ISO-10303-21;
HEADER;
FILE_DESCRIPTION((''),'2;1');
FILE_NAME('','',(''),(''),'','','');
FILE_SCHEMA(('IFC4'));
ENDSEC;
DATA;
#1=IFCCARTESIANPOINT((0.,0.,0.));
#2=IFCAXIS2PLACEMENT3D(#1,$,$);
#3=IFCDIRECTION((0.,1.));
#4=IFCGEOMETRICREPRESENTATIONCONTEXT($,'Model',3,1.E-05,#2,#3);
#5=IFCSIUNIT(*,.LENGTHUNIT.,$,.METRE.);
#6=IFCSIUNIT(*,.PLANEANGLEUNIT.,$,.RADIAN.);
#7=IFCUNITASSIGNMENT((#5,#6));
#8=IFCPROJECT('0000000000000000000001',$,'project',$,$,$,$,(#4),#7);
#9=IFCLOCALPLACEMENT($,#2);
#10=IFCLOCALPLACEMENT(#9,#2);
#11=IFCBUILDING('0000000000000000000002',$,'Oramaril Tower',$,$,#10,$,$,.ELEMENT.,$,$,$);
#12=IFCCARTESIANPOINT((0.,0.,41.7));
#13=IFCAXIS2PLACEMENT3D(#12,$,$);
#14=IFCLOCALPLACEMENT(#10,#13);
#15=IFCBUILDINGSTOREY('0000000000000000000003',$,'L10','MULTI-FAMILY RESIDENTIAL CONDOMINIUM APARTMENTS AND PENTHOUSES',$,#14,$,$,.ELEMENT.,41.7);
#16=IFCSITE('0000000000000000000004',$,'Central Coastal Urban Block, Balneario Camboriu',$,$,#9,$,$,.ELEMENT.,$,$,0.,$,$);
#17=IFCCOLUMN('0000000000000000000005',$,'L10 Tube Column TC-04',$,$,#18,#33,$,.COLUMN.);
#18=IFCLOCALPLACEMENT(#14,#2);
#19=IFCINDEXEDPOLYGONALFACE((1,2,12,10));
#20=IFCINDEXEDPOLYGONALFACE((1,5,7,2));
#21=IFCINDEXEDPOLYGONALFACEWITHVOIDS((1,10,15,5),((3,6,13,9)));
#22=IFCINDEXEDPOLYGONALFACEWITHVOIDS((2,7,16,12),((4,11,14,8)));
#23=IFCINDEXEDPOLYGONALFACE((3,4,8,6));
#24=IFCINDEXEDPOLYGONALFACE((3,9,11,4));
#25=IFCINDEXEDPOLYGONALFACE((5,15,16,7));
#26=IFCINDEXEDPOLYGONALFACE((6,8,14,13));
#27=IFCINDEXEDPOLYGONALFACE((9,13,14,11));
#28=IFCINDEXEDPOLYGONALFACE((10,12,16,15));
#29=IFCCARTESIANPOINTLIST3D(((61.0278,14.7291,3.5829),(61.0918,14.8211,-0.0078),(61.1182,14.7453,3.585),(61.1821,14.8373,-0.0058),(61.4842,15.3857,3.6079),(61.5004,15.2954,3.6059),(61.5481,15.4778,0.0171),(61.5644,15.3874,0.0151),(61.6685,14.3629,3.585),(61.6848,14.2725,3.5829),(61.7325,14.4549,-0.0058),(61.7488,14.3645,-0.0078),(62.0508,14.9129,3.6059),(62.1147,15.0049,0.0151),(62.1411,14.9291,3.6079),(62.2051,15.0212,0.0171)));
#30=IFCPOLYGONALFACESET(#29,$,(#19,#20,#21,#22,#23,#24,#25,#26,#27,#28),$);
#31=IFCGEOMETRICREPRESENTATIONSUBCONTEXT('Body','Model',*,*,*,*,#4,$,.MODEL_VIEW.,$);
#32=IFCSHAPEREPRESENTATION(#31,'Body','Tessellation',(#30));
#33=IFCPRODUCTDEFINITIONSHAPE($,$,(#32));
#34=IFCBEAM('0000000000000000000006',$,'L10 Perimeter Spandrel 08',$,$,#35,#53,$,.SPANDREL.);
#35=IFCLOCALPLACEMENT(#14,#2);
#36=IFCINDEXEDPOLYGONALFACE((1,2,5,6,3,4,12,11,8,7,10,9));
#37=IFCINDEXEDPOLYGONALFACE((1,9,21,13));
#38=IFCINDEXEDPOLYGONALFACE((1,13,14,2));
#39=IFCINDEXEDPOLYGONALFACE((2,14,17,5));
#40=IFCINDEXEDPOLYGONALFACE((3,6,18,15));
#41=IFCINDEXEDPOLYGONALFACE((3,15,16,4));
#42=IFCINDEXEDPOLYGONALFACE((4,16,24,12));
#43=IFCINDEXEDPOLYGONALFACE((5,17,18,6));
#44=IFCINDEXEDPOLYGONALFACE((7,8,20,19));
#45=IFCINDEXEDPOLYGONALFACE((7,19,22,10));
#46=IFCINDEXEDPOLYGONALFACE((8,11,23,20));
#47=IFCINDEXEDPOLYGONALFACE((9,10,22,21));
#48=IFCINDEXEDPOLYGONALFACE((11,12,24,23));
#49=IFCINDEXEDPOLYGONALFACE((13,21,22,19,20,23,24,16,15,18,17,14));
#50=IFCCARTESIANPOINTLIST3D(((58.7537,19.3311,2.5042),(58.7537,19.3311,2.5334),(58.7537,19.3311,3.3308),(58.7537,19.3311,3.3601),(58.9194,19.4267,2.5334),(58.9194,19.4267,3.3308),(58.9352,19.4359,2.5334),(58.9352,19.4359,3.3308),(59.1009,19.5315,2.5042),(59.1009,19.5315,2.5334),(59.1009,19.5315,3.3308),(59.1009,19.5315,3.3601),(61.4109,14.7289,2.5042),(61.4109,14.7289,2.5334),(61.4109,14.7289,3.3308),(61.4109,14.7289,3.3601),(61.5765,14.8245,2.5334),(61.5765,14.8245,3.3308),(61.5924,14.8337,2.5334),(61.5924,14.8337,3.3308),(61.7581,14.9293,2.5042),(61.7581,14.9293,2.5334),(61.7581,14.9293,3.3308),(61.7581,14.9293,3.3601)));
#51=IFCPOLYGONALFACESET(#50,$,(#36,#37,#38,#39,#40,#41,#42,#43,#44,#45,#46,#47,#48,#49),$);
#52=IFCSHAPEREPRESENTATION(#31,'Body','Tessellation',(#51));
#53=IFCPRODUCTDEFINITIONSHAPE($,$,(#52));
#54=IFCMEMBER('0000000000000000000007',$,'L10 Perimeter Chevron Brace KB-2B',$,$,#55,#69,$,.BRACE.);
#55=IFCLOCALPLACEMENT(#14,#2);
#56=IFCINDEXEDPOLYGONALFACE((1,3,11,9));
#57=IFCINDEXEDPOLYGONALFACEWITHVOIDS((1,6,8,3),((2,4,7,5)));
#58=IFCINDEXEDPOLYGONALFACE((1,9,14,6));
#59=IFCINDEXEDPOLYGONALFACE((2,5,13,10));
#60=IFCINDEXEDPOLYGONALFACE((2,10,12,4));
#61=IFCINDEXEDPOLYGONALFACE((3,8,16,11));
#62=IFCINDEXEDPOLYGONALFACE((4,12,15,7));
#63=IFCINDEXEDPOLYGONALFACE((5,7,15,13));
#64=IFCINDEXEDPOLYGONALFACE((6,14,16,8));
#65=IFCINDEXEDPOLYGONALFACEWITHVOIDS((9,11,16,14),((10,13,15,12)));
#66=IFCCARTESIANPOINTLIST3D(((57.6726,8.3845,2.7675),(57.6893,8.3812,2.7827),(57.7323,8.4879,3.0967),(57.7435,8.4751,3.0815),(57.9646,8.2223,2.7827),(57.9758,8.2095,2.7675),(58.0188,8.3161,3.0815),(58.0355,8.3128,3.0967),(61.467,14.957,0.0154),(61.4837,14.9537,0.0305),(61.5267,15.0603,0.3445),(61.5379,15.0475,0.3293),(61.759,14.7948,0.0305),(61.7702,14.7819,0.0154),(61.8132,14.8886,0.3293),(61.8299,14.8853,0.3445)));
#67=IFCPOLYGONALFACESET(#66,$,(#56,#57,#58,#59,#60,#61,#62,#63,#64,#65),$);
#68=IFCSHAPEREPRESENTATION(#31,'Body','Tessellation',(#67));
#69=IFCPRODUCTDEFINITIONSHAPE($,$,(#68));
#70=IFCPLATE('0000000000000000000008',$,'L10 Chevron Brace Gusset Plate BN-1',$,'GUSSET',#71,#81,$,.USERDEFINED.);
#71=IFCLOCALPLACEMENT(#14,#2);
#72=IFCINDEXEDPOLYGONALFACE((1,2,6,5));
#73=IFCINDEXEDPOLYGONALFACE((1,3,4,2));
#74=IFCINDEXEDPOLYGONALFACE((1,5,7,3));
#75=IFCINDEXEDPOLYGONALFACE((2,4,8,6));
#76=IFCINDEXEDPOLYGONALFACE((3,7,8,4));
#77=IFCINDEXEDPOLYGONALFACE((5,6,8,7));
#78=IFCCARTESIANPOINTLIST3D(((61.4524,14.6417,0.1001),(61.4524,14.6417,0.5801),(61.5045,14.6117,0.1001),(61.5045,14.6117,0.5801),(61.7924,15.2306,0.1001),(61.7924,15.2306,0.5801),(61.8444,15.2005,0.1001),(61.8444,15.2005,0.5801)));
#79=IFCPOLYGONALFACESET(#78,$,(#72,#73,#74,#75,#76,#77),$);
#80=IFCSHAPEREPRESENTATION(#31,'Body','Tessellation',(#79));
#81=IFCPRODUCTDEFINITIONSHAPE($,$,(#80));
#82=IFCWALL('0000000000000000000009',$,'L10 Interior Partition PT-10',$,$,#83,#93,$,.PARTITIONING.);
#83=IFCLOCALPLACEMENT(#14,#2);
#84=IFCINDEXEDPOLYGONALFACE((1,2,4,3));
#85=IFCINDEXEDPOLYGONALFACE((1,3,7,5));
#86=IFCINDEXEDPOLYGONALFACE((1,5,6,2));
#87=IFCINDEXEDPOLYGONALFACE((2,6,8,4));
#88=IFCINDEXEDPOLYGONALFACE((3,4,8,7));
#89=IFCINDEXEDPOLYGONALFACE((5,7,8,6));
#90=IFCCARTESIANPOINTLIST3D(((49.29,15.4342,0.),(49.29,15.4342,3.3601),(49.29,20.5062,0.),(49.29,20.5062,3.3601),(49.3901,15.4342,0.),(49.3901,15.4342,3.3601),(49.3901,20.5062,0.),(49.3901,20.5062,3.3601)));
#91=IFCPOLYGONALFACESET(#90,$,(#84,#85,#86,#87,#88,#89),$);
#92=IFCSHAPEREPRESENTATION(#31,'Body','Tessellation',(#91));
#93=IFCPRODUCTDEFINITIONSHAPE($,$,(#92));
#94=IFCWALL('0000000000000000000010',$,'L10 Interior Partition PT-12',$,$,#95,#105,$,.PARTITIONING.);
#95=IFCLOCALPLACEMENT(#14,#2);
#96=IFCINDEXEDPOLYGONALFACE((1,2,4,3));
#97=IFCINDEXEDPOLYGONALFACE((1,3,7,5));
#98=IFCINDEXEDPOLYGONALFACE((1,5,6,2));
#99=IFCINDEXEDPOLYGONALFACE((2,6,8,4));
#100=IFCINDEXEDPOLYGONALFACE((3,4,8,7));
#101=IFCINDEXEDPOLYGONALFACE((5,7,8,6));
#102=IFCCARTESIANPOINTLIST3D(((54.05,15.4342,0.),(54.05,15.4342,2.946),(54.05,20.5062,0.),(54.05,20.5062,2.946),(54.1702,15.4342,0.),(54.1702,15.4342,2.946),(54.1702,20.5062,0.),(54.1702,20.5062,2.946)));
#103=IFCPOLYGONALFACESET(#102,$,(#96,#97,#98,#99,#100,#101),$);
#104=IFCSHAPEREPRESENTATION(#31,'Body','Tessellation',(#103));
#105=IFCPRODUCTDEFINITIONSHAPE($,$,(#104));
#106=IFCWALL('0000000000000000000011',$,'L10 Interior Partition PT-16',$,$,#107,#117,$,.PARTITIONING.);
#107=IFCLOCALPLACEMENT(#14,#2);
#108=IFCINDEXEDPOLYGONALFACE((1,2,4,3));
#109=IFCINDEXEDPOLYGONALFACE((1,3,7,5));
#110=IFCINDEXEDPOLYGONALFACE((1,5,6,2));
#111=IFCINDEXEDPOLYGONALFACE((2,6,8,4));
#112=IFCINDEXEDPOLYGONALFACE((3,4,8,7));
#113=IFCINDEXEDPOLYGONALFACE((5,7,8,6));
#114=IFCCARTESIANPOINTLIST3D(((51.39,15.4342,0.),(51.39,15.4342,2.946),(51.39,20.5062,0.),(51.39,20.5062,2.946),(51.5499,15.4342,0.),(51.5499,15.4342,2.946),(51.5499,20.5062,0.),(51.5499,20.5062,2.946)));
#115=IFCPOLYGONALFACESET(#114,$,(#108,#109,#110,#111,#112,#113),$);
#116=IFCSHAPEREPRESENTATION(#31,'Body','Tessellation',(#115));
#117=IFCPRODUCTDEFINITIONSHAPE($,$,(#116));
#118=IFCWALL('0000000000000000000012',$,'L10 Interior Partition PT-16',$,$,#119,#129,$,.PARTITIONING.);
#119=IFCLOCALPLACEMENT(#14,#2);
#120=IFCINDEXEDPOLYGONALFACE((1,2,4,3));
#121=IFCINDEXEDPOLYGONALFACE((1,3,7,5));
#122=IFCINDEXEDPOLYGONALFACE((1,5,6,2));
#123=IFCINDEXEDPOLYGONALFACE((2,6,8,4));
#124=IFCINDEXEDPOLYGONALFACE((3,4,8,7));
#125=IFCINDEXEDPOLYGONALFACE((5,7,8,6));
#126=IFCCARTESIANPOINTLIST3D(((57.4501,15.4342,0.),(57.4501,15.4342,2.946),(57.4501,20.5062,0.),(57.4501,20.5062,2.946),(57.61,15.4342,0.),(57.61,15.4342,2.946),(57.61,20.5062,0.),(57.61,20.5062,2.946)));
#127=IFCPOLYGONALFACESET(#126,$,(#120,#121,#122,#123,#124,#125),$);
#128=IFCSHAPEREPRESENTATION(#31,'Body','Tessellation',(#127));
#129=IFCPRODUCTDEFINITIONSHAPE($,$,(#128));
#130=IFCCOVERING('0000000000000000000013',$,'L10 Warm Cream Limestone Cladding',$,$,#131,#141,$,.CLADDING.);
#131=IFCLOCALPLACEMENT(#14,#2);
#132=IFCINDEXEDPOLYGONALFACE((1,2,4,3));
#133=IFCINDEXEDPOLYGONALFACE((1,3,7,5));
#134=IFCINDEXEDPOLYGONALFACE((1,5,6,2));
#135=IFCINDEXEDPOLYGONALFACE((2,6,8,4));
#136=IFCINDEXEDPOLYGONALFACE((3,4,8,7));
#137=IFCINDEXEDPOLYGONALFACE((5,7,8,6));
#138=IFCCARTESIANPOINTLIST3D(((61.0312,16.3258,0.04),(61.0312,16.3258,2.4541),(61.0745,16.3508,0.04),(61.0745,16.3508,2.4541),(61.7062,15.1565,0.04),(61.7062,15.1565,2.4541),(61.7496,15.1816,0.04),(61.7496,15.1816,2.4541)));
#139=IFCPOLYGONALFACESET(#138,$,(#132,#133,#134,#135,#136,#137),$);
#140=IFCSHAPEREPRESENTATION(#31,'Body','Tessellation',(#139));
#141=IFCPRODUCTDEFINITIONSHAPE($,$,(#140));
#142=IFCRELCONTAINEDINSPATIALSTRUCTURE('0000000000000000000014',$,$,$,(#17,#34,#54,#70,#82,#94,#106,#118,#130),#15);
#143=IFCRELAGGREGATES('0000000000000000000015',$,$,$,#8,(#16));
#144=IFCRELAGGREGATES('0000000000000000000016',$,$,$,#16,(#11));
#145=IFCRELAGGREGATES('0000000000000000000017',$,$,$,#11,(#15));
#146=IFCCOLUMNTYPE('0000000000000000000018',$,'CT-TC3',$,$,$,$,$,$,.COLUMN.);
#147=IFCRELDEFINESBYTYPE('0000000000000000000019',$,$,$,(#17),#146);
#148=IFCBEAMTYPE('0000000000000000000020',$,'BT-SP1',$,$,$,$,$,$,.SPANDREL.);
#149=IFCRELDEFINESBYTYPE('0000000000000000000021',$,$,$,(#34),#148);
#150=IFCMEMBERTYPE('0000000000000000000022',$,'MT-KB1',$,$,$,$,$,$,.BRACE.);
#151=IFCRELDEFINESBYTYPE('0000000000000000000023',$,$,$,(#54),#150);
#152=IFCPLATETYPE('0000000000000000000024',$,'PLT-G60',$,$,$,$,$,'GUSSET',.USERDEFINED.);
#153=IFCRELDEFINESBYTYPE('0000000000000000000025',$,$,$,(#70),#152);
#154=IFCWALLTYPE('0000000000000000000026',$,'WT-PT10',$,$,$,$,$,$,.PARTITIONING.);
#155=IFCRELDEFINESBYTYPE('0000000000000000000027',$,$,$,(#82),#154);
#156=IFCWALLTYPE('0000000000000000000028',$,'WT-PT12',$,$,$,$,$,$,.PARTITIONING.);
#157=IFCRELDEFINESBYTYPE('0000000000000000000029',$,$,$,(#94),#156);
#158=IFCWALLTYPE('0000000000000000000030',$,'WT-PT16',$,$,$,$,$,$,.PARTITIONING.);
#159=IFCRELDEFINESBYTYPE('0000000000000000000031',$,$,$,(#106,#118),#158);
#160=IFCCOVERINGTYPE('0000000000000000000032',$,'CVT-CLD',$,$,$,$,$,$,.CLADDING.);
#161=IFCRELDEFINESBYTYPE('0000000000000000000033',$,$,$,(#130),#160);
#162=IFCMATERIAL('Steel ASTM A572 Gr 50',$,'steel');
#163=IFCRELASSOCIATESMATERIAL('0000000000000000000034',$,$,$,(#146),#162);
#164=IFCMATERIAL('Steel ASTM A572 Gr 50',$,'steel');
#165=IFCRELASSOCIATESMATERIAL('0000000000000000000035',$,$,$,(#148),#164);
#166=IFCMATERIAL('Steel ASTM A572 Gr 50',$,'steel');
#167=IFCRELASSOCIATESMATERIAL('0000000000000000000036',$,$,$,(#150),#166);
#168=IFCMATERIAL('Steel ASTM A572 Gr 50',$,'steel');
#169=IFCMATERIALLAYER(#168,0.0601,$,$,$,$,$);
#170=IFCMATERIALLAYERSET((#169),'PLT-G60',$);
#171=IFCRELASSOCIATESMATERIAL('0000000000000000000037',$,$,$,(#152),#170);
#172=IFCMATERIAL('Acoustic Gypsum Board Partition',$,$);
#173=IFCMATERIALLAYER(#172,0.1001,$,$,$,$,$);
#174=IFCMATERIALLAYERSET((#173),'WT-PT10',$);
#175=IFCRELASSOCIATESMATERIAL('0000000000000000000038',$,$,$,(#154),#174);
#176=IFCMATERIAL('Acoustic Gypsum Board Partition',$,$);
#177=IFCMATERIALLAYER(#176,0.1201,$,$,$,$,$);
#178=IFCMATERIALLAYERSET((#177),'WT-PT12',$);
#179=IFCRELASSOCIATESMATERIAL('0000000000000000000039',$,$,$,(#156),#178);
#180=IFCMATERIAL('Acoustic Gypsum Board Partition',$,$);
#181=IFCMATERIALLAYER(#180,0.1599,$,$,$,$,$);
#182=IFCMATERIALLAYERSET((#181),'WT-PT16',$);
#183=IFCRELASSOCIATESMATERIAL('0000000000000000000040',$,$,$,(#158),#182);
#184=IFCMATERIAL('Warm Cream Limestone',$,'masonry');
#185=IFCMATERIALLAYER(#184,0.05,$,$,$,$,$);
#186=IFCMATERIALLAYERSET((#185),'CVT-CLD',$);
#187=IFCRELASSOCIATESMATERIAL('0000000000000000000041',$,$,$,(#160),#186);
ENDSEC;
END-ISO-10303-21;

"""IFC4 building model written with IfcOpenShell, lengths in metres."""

from ifc_helpers import new_model, si_unit, direction, frame, frame_2d, origin, origin_2d, place, context, subcontext, project, spatial, rectangle, hollow_rectangle, i_section, extrude, material, layer, layer_set, material_profile, profile_set, type_object, element, save


model = new_model("IFC4")

# Units and contexts
model_context = context("Model", 3, precision=1e-05, world=origin(), true_north=direction((0.0, 1.0)))
body_context = subcontext(model_context, "Body", "Model", "MODEL_VIEW")
ifc_project = project(units=[si_unit("LENGTHUNIT", "METRE"), si_unit("PLANEANGLEUNIT", "RADIAN")], contexts=[model_context])

# Site, building, storey
site_placement = place(None, origin())
site = spatial("IfcSite", under=ifc_project, at=site_placement, Name="Central Coastal Urban Block, Balneario Camboriu", CompositionType="ELEMENT", RefElevation=0.0)
building_placement = place(site_placement, origin())
building = spatial("IfcBuilding", under=site, at=building_placement, Name="Oramaril Tower", CompositionType="ELEMENT")
storey_placement = place(building_placement, frame((0.0, 0.0, 41.7)))
storey = spatial("IfcBuildingStorey", under=building, at=storey_placement, Name="L10", Description="MULTI-FAMILY RESIDENTIAL CONDOMINIUM APARTMENTS AND PENTHOUSES", CompositionType="ELEMENT", Elevation=41.7)

# Column
ifc_material_1 = material(Name="Steel ASTM A572 Gr 50", Category="steel")
ifc_material_profile_1 = material_profile(ifc_material_1, hollow_rectangle(XDim=0.8, YDim=0.8, WallThickness=0.0649, at=origin_2d()), Name="BOX800X800X65")
ifc_profile_set_1 = profile_set([ifc_material_profile_1], Name="Steel ASTM A572 Gr 50")
column_type = type_object("IfcColumnType", Name="CT-TC3", PredefinedType="COLUMN", material=ifc_profile_set_1)
column_placement = place(storey_placement, frame((61.6484, 14.9211, 0.0046), z_axis=(-0.017805, -0.02562, 0.999513), x_axis=(0.821171, -0.570682, 0.0)))
element("IfcColumn", 1, at=column_placement, inside=storey, type_object=column_type, Name="L10 Tube Column TC-04", PredefinedType="COLUMN", context=body_context, shape_type="SweptSolid", body=[
    extrude(hollow_rectangle(XDim=0.8, YDim=0.8, WallThickness=0.0649, at=origin_2d()), origin(), (0.0, 0.0, 1.0), 3.5925),
])

# Beam
ifc_material_2 = material(Name="Steel ASTM A572 Gr 50", Category="steel")
ifc_material_profile_2 = material_profile(ifc_material_2, i_section(OverallWidth=0.4009, OverallDepth=0.856, WebThickness=0.0183, FlangeThickness=0.0293, at=origin_2d()), Name="W33X201")
ifc_profile_set_2 = profile_set([ifc_material_profile_2], Name="Steel ASTM A572 Gr 50")
beam_type = type_object("IfcBeamType", Name="BT-SP1", PredefinedType="SPANDREL", material=ifc_profile_set_2)
beam_placement = place(storey_placement, frame((61.5845, 14.8291, 2.9321), z_axis=(-0.500013, 0.866018, 0.0), x_axis=(-0.866018, -0.500013, 0.0)))
element("IfcBeam", 2, at=beam_placement, inside=storey, type_object=beam_type, Name="L10 Perimeter Spandrel 08", PredefinedType="SPANDREL", context=body_context, shape_type="SweptSolid", body=[
    extrude(i_section(OverallWidth=0.4009, OverallDepth=0.856, WebThickness=0.0183, FlangeThickness=0.0293, at=origin_2d()), origin(), (0.0, 0.0, 1.0), 5.3142),
])

# Member
ifc_material_3 = material(Name="Steel ASTM A572 Gr 50", Category="steel")
ifc_material_profile_3 = material_profile(ifc_material_3, hollow_rectangle(XDim=0.3501, YDim=0.3501, WallThickness=0.0161, at=origin_2d()), Name="HSS350X350X16")
ifc_profile_set_3 = profile_set([ifc_material_profile_3], Name="Steel ASTM A572 Gr 50")
member_type = type_object("IfcMemberType", Name="MT-KB1", PredefinedType="BRACE", material=ifc_profile_set_3)
member_placement = place(storey_placement, frame((61.6484, 14.9211, 0.1799), z_axis=(-0.470027, -0.814154, 0.340922), x_axis=(0.866037, -0.49998, 0.0)))
element("IfcMember", 3, at=member_placement, inside=storey, type_object=member_type, Name="L10 Perimeter Chevron Brace KB-2B", PredefinedType="BRACE", context=body_context, shape_type="SweptSolid", body=[
    extrude(hollow_rectangle(XDim=0.3501, YDim=0.3501, WallThickness=0.0161, at=origin_2d()), origin(), (0.0, 0.0, 1.0), 8.0728),
])

# Plate
ifc_material_4 = material(Name="Steel ASTM A572 Gr 50", Category="steel")
ifc_layer_1 = layer(ifc_material_4, 0.0601)
ifc_layer_set_1 = layer_set([ifc_layer_1], Name="PLT-G60")
plate_type = type_object("IfcPlateType", Name="PLT-G60", ElementType="GUSSET", PredefinedType="USERDEFINED", material=ifc_layer_set_1)
plate_placement = place(storey_placement, frame((61.6484, 14.9211, 0.1001), z_axis=(0.0, 0.0, 1.0), x_axis=(0.499997, 0.866027, 0.0)))
element("IfcPlate", 4, at=plate_placement, inside=storey, type_object=plate_type, Name="L10 Chevron Brace Gusset Plate BN-1", ObjectType="GUSSET", PredefinedType="USERDEFINED", context=body_context, shape_type="SweptSolid", body=[
    extrude(rectangle(XDim=0.6799, YDim=0.0601, at=origin_2d()), origin(), (0.0, 0.0, 1.0), 0.48),
])

# Walls
ifc_material_5 = material(Name="Acoustic Gypsum Board Partition")
ifc_layer_2 = layer(ifc_material_5, 0.1001)
ifc_layer_set_2 = layer_set([ifc_layer_2], Name="WT-PT10")
wall_type_1 = type_object("IfcWallType", Name="WT-PT10", PredefinedType="PARTITIONING", material=ifc_layer_set_2)
wall_1_placement = place(storey_placement, frame((49.3401, 15.4341, 0.0), z_axis=(0.0, 0.0, 1.0), x_axis=(0.0, 1.0, 0.0)))
element("IfcWall", 5, at=wall_1_placement, inside=storey, type_object=wall_type_1, Name="L10 Interior Partition PT-10", PredefinedType="PARTITIONING", context=body_context, shape_type="SweptSolid", body=[
    extrude(rectangle(XDim=5.072, YDim=0.1001, at=frame_2d((2.5361, 0.0))), origin(), (0.0, 0.0, 1.0), 3.3601),
])
ifc_material_6 = material(Name="Acoustic Gypsum Board Partition")
ifc_layer_3 = layer(ifc_material_6, 0.1201)
ifc_layer_set_3 = layer_set([ifc_layer_3], Name="WT-PT12")
wall_type_2 = type_object("IfcWallType", Name="WT-PT12", PredefinedType="PARTITIONING", material=ifc_layer_set_3)
wall_2_placement = place(storey_placement, frame((54.1101, 15.4341, 0.0), z_axis=(0.0, 0.0, 1.0), x_axis=(0.0, 1.0, 0.0)))
element("IfcWall", 6, at=wall_2_placement, inside=storey, type_object=wall_type_2, Name="L10 Interior Partition PT-12", PredefinedType="PARTITIONING", context=body_context, shape_type="SweptSolid", body=[
    extrude(rectangle(XDim=5.072, YDim=0.1201, at=frame_2d((2.5361, 0.0))), origin(), (0.0, 0.0, 1.0), 2.946),
])
ifc_material_7 = material(Name="Acoustic Gypsum Board Partition")
ifc_layer_4 = layer(ifc_material_7, 0.1599)
ifc_layer_set_4 = layer_set([ifc_layer_4], Name="WT-PT16")
wall_type_3 = type_object("IfcWallType", Name="WT-PT16", PredefinedType="PARTITIONING", material=ifc_layer_set_4)
for number, where, z_axis, x_axis, name in (
    (7, (51.47, 15.4341, 0.0), (0.0, 0.0, 1.0), (0.0, 1.0, 0.0), "L10 Interior Partition PT-16"),
    (8, (57.53, 15.4341, 0.0), (0.0, 0.0, 1.0), (0.0, 1.0, 0.0), "L10 Interior Partition PT-16"),
):
    element("IfcWall", number, at=place(storey_placement, frame(where, z_axis=z_axis, x_axis=x_axis)), inside=storey, type_object=wall_type_3, Name=name, PredefinedType="PARTITIONING", context=body_context, shape_type="SweptSolid", body=[
        extrude(rectangle(XDim=5.072, YDim=0.1599, at=frame_2d((2.5361, 0.0))), origin(), (0.0, 0.0, 1.0), 2.946),
    ])

# Covering
ifc_material_8 = material(Name="Warm Cream Limestone", Category="masonry")
ifc_layer_5 = layer(ifc_material_8, 0.05)
ifc_layer_set_5 = layer_set([ifc_layer_5], Name="CVT-CLD")
covering_type = type_object("IfcCoveringType", Name="CVT-CLD", PredefinedType="CLADDING", material=ifc_layer_set_5)
covering_placement = place(storey_placement, frame((61.3904, 15.7537, 0.04), z_axis=(0.0, 0.0, 1.0), x_axis=(-0.5, 0.866025, 0.0)))
element("IfcCovering", 9, at=covering_placement, inside=storey, type_object=covering_type, Name="L10 Warm Cream Limestone Cladding", PredefinedType="CLADDING", context=body_context, shape_type="SweptSolid", body=[
    extrude(rectangle(XDim=1.3501, YDim=0.05, at=origin_2d()), origin(), (0.0, 0.0, 1.0), 2.4141),
])

save(model, "model.ifc")
